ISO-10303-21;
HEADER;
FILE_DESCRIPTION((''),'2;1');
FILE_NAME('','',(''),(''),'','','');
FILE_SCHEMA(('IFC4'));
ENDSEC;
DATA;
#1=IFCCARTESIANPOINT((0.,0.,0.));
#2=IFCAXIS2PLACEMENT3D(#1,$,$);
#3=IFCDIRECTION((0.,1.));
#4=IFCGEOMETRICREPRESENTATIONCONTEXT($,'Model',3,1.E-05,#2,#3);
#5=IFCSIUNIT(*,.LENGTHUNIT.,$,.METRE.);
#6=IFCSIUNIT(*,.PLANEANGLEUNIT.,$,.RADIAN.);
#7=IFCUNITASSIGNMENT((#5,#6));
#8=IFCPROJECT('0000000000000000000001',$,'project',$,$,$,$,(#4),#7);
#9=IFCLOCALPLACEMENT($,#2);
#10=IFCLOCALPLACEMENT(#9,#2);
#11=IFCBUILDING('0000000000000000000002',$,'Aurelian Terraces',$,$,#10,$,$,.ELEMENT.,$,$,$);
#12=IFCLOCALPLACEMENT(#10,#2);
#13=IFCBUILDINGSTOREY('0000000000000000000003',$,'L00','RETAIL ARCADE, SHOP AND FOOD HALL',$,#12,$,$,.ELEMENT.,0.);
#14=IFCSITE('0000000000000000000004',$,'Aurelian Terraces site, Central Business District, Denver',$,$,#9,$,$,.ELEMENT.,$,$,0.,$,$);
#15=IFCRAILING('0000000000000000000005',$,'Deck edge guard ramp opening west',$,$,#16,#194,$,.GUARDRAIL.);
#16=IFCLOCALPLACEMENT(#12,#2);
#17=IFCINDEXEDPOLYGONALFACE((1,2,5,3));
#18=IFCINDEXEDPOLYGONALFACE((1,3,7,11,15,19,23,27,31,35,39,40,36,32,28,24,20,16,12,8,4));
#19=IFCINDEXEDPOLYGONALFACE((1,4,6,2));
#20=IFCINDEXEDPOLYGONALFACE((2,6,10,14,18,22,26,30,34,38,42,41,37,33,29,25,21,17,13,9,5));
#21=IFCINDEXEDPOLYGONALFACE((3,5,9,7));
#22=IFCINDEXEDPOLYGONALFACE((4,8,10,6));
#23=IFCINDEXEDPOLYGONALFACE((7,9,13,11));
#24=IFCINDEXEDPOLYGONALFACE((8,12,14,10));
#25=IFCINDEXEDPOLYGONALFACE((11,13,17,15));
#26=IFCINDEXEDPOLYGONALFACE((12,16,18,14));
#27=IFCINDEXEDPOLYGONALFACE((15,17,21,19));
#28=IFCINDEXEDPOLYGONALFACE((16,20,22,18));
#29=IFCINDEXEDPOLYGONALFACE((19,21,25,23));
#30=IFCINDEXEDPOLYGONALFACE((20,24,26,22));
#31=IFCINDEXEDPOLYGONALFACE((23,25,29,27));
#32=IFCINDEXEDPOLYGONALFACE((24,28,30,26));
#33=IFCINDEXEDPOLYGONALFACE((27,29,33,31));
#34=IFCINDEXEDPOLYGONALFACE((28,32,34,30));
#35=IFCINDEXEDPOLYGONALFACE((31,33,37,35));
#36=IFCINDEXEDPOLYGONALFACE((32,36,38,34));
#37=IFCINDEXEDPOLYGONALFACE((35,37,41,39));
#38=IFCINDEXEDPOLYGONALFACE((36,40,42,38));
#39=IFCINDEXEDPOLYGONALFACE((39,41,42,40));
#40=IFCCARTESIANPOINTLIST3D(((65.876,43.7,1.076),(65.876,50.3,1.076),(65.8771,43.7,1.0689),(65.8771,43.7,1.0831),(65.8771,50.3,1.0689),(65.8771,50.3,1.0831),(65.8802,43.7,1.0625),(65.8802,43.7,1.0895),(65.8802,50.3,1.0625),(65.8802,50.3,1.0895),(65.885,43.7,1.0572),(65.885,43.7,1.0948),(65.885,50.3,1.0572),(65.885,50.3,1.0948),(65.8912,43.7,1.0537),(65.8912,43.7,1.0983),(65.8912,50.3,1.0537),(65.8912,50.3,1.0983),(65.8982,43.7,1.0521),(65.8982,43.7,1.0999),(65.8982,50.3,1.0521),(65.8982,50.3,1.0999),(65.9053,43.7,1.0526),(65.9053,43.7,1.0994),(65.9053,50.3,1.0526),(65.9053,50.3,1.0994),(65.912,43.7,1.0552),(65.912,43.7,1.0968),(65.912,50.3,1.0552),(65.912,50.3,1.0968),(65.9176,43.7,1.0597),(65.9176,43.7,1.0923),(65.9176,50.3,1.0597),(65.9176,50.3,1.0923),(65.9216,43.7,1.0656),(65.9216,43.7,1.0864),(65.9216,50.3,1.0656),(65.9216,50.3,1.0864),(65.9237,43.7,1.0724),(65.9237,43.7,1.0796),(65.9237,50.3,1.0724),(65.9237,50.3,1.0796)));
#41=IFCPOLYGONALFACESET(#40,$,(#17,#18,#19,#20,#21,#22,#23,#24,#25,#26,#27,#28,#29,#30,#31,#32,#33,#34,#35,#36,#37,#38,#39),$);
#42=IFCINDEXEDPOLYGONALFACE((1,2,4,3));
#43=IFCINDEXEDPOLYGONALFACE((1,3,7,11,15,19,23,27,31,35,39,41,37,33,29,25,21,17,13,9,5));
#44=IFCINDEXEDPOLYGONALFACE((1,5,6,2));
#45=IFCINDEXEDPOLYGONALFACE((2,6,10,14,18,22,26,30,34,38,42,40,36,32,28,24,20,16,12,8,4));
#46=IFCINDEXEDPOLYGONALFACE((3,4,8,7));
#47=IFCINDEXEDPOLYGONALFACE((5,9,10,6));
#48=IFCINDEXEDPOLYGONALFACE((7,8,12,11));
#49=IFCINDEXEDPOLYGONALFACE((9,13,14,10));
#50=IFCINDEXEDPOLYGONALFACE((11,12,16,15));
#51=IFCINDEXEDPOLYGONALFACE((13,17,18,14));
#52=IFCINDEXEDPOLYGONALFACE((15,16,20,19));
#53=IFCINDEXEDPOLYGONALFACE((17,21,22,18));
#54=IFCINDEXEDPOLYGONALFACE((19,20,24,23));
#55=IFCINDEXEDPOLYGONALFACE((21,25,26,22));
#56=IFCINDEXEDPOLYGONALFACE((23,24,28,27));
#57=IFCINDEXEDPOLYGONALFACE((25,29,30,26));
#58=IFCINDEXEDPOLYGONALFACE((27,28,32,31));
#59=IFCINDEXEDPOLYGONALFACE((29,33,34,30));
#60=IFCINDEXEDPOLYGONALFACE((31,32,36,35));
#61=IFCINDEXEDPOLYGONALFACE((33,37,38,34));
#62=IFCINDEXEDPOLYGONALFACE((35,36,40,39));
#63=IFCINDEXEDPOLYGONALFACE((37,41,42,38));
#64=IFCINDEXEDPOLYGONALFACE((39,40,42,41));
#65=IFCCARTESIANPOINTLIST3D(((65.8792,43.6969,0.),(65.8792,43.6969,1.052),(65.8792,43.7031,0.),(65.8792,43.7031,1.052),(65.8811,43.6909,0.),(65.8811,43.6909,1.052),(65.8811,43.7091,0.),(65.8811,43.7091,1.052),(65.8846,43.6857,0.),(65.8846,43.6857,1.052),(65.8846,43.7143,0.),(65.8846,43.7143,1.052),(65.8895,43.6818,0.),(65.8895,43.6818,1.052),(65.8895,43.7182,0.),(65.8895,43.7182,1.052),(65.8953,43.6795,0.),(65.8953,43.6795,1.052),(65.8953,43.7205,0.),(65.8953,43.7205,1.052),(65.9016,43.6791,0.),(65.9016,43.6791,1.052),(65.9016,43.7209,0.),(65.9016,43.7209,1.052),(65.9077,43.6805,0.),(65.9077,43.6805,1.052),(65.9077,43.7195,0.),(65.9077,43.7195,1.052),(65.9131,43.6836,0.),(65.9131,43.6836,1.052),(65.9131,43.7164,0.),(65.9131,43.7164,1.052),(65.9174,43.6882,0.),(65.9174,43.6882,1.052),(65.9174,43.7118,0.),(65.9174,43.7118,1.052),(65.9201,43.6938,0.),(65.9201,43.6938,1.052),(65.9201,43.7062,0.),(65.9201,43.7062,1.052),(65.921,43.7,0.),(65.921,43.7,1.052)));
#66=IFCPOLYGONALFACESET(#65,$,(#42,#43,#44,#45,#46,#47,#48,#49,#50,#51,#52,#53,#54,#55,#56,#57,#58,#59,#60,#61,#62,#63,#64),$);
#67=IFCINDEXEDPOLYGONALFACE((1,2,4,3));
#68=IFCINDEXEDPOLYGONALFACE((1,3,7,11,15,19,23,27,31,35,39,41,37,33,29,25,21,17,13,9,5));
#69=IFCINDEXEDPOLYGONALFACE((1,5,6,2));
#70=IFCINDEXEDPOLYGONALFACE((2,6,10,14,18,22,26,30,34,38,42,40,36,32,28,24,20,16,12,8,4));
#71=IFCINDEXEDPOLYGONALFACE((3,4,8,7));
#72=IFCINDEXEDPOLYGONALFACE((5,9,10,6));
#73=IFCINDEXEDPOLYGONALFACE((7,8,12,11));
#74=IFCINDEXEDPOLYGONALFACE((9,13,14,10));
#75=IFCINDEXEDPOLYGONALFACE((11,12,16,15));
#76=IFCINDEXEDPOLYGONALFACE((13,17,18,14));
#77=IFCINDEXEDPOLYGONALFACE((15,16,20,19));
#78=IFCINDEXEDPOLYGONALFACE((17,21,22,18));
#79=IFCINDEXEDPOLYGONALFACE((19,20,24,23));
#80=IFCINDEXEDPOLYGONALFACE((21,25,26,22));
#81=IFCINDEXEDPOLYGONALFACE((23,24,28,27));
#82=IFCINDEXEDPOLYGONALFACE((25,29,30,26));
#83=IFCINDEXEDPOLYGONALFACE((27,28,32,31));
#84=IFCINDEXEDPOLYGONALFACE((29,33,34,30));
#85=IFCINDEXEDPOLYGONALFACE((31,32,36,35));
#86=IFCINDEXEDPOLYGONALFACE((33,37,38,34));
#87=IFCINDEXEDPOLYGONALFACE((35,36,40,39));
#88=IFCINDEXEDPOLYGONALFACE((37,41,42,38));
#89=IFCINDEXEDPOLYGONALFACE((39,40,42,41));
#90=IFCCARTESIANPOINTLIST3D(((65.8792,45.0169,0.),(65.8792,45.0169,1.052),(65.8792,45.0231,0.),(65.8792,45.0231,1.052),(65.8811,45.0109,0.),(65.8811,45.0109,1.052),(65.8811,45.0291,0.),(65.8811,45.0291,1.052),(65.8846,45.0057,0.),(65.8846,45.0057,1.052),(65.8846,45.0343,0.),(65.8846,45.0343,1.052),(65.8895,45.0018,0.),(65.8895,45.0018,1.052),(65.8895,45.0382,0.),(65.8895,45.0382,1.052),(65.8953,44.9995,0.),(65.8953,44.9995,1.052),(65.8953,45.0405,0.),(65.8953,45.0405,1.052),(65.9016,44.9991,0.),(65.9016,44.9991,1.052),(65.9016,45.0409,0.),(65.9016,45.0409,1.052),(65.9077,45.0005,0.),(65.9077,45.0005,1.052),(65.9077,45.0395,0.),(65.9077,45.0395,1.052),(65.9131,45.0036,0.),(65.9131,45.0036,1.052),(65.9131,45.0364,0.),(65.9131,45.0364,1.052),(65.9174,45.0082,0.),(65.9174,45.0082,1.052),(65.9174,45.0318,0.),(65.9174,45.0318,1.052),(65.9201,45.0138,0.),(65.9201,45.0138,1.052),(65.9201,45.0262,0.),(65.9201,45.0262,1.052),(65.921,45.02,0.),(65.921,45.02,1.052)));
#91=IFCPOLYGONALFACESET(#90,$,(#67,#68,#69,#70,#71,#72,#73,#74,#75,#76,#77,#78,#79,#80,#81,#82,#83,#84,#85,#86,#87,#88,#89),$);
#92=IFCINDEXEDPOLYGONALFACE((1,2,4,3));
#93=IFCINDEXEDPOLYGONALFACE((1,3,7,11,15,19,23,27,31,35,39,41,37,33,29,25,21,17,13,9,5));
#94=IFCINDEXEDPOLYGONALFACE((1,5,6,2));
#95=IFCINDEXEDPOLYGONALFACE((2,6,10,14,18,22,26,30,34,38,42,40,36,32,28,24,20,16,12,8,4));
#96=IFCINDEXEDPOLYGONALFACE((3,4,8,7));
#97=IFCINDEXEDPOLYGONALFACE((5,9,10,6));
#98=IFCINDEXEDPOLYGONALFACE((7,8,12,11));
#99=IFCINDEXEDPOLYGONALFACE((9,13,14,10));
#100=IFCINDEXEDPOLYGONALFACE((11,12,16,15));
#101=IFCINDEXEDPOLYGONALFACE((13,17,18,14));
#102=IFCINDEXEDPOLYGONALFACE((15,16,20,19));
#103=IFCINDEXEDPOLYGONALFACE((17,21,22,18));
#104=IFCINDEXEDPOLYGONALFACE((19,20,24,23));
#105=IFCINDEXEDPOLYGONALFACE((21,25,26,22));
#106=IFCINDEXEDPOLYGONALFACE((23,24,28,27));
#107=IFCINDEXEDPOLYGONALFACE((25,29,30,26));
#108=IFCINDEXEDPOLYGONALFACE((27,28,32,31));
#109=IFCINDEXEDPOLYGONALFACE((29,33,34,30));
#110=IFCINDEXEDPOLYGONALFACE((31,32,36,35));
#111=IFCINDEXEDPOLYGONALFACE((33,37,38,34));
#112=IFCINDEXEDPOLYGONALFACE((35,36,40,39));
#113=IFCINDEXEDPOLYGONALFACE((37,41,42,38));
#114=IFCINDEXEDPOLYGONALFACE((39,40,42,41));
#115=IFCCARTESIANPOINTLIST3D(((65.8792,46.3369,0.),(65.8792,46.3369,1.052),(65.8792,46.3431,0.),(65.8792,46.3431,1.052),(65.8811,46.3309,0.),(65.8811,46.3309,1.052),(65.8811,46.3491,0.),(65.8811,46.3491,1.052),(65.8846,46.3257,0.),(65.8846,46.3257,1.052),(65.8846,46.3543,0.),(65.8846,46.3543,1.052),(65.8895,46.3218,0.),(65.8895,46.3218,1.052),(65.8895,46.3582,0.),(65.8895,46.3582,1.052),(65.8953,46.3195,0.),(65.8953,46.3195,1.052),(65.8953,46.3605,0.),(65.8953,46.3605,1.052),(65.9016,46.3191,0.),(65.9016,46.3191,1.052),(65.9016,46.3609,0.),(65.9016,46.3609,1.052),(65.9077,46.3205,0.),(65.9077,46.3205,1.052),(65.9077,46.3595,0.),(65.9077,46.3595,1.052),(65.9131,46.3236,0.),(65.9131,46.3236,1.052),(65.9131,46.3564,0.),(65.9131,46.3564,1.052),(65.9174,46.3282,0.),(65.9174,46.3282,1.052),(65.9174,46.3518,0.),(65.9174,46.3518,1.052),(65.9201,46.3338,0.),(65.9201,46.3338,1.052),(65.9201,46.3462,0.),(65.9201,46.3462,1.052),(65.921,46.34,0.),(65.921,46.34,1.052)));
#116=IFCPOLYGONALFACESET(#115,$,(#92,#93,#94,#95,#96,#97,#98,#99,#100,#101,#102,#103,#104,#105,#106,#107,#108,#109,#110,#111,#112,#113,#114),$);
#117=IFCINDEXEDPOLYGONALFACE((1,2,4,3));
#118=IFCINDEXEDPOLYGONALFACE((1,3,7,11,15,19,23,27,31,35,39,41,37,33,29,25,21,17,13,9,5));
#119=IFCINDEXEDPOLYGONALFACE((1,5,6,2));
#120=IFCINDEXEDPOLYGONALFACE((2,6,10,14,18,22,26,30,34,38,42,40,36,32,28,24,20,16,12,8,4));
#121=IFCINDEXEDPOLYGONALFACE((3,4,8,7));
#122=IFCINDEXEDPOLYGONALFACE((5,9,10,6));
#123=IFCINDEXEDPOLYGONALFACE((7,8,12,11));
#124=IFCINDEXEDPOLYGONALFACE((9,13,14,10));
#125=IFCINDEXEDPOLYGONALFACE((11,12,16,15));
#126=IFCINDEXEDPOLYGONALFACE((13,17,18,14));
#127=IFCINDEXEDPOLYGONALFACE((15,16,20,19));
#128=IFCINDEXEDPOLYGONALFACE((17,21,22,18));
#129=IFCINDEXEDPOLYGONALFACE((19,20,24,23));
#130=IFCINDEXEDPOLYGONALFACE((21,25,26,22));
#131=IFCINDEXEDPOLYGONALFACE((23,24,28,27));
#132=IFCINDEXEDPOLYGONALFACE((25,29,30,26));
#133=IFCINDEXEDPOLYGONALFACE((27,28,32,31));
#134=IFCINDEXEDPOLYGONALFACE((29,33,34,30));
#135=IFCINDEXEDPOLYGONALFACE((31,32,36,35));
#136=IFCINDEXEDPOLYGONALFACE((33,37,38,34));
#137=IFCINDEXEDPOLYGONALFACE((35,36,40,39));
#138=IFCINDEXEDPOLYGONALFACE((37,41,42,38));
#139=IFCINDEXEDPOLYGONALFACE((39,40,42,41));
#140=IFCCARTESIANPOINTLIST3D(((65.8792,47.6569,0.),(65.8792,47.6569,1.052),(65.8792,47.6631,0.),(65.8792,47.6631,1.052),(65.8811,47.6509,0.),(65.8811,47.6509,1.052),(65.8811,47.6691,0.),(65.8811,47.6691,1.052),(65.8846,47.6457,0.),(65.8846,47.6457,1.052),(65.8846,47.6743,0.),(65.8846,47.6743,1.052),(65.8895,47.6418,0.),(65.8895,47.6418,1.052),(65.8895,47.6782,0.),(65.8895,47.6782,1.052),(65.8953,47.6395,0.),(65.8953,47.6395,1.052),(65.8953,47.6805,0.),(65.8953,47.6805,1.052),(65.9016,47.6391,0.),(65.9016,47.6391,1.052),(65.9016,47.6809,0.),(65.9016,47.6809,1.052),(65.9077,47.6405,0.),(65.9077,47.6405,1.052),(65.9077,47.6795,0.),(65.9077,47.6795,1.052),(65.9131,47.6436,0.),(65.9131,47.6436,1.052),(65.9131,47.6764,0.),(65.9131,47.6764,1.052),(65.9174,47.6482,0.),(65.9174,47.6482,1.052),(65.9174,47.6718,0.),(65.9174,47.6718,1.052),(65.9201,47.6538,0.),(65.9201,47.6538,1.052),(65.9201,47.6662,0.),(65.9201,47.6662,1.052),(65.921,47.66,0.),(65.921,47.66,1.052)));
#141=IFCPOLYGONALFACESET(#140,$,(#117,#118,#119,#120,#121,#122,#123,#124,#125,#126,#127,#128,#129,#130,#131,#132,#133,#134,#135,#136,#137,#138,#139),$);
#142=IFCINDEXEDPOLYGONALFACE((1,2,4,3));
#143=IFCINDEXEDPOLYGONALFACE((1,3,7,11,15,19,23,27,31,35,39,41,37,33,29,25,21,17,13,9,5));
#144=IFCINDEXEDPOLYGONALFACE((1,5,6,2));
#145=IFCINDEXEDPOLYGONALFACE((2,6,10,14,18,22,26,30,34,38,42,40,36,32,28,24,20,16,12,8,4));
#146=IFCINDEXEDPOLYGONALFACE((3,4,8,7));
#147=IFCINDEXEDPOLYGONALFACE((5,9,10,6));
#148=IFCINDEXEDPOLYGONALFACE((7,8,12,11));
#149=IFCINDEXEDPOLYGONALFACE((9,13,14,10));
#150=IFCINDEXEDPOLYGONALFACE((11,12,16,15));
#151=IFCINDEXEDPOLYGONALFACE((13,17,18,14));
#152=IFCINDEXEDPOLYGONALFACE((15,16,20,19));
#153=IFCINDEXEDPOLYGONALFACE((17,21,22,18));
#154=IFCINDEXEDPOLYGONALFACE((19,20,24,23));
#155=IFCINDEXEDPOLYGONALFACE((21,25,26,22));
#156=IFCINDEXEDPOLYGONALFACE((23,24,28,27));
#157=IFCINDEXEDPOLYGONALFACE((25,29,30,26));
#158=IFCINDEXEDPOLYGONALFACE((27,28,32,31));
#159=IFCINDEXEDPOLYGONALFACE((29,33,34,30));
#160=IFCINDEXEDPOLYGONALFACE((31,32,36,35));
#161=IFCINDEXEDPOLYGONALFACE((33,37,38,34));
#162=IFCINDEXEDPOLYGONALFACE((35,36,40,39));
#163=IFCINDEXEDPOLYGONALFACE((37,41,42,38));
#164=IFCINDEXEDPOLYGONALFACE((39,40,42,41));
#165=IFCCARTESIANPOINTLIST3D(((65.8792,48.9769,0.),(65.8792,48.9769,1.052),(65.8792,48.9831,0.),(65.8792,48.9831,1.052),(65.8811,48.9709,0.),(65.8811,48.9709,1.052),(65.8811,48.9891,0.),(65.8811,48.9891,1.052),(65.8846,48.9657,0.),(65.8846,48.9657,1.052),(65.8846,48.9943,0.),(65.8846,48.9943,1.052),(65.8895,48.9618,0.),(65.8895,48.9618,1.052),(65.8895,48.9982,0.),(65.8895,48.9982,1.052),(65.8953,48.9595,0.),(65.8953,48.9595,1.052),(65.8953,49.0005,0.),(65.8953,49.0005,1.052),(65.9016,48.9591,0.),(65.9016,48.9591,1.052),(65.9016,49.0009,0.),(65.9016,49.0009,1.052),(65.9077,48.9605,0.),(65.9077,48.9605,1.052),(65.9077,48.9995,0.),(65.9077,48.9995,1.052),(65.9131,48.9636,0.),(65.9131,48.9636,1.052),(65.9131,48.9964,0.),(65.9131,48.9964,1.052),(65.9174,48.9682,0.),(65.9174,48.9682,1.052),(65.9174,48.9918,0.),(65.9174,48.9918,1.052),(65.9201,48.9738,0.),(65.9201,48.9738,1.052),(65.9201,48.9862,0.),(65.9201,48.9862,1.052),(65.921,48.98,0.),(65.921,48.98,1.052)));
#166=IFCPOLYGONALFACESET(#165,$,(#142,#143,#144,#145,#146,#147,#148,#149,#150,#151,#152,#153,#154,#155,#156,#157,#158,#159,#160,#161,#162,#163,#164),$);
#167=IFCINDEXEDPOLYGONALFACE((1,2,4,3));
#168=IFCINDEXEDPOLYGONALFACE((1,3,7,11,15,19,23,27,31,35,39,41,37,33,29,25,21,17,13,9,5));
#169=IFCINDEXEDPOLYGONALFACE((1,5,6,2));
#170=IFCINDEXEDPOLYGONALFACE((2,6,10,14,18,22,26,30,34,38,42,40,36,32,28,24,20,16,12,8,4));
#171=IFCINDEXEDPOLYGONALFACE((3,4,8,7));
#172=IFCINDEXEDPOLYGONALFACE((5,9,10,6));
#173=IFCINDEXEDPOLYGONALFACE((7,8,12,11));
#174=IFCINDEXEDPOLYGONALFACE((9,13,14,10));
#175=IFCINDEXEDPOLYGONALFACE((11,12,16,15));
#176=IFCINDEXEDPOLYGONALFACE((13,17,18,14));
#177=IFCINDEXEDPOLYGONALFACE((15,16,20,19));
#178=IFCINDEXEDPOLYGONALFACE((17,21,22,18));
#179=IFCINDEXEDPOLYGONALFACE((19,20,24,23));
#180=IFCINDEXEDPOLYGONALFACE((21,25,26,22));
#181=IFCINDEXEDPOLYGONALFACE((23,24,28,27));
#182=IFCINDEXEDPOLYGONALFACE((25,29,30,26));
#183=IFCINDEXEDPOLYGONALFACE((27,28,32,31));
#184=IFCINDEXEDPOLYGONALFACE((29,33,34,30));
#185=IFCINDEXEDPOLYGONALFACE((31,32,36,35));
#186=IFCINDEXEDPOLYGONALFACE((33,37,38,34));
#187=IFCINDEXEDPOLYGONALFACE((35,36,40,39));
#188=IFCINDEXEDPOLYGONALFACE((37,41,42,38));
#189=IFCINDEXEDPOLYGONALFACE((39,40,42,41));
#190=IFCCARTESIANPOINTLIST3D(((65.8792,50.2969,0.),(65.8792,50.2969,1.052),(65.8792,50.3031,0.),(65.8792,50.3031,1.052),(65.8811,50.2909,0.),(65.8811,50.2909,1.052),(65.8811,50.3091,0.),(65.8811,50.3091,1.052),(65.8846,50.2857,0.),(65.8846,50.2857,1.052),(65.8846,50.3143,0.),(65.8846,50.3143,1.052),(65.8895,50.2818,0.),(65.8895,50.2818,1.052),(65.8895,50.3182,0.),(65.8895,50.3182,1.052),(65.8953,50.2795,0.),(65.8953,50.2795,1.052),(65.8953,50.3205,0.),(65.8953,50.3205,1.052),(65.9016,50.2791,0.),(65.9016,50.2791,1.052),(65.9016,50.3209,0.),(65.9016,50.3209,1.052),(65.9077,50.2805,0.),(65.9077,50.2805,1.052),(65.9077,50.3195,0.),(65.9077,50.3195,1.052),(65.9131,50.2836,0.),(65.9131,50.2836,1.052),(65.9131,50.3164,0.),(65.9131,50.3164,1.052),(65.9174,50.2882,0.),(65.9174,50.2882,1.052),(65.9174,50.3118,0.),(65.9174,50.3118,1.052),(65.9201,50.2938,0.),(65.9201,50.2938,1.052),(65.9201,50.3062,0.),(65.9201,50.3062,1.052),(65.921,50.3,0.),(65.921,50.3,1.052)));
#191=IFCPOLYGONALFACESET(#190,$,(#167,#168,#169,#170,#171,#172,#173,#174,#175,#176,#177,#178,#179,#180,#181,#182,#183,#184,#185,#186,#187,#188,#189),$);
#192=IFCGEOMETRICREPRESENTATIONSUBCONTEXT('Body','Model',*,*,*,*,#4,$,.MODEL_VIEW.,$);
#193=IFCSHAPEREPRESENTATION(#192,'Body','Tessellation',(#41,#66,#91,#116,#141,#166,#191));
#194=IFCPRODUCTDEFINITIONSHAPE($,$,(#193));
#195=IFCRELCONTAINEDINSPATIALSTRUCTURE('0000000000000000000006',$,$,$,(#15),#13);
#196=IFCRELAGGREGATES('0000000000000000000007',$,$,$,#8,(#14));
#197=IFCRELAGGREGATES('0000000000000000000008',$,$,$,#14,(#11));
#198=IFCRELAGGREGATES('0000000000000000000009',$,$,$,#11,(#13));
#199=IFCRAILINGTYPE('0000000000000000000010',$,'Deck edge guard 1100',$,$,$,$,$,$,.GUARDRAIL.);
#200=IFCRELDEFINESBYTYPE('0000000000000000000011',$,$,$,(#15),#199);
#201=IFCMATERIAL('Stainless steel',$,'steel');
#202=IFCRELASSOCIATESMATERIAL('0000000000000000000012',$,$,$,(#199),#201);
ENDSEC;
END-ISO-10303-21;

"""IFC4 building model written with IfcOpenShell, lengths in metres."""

from ifc_helpers import new_model, si_unit, direction, frame, origin, origin_2d, place, context, subcontext, project, spatial, circle, extrude, source, transform, mapped, material, type_object, element, save


model = new_model("IFC4")

# Units and contexts
model_context = context("Model", 3, precision=1e-05, world=origin(), true_north=direction((0.0, 1.0)))
body_context = subcontext(model_context, "Body", "Model", "MODEL_VIEW")
ifc_project = project(units=[si_unit("LENGTHUNIT", "METRE"), si_unit("PLANEANGLEUNIT", "RADIAN")], contexts=[model_context])

# Site, building, storey
site_placement = place(None, origin())
site = spatial("IfcSite", under=ifc_project, at=site_placement, Name="Aurelian Terraces site, Central Business District, Denver", CompositionType="ELEMENT", RefElevation=0.0)
building_placement = place(site_placement, origin())
building = spatial("IfcBuilding", under=site, at=building_placement, Name="Aurelian Terraces", CompositionType="ELEMENT")
storey_placement = place(building_placement, origin())
storey = spatial("IfcBuildingStorey", under=building, at=storey_placement, Name="L00", Description="RETAIL ARCADE, SHOP AND FOOD HALL", CompositionType="ELEMENT", Elevation=0.0)

# Railing
ifc_material_1 = material(Name="Stainless steel", Category="steel")
railing_type = type_object("IfcRailingType", Name="Deck edge guard 1100", PredefinedType="GUARDRAIL", material=ifc_material_1)
shared_shape_1 = source(origin(), body_context, "Body", "SweptSolid", [
    extrude(circle(Radius=0.024, at=origin_2d()), frame((0.0, 0.0, 1.076), z_axis=(0.0, 1.0, 0.0), x_axis=(-1.0, 0.0, 0.0)), (0.0, 0.0, 1.0), 6.6),
    extrude(circle(Radius=0.021, at=origin_2d()), origin(), (0.0, 0.0, 1.0), 1.052),
    extrude(circle(Radius=0.021, at=origin_2d()), frame((0.0, 1.32, 0.0)), (0.0, 0.0, 1.0), 1.052),
    extrude(circle(Radius=0.021, at=origin_2d()), frame((0.0, 2.64, 0.0)), (0.0, 0.0, 1.0), 1.052),
    extrude(circle(Radius=0.021, at=origin_2d()), frame((0.0, 3.96, 0.0)), (0.0, 0.0, 1.0), 1.052),
    extrude(circle(Radius=0.021, at=origin_2d()), frame((0.0, 5.28, 0.0)), (0.0, 0.0, 1.0), 1.052),
    extrude(circle(Radius=0.021, at=origin_2d()), frame((0.0, 6.6, 0.0)), (0.0, 0.0, 1.0), 1.052),
])
railing_1_placement = place(storey_placement, frame((65.9, 43.7, 0.0)))
element("IfcRailing", 1, at=railing_1_placement, inside=storey, type_object=railing_type, Name="Deck edge guard ramp opening west", PredefinedType="GUARDRAIL", context=body_context, shape_type="MappedRepresentation", body=[
    mapped(shared_shape_1, transform((0.0, 0.0, 0.0), scale=1.0)),
])

save(model, "model.ifc")
